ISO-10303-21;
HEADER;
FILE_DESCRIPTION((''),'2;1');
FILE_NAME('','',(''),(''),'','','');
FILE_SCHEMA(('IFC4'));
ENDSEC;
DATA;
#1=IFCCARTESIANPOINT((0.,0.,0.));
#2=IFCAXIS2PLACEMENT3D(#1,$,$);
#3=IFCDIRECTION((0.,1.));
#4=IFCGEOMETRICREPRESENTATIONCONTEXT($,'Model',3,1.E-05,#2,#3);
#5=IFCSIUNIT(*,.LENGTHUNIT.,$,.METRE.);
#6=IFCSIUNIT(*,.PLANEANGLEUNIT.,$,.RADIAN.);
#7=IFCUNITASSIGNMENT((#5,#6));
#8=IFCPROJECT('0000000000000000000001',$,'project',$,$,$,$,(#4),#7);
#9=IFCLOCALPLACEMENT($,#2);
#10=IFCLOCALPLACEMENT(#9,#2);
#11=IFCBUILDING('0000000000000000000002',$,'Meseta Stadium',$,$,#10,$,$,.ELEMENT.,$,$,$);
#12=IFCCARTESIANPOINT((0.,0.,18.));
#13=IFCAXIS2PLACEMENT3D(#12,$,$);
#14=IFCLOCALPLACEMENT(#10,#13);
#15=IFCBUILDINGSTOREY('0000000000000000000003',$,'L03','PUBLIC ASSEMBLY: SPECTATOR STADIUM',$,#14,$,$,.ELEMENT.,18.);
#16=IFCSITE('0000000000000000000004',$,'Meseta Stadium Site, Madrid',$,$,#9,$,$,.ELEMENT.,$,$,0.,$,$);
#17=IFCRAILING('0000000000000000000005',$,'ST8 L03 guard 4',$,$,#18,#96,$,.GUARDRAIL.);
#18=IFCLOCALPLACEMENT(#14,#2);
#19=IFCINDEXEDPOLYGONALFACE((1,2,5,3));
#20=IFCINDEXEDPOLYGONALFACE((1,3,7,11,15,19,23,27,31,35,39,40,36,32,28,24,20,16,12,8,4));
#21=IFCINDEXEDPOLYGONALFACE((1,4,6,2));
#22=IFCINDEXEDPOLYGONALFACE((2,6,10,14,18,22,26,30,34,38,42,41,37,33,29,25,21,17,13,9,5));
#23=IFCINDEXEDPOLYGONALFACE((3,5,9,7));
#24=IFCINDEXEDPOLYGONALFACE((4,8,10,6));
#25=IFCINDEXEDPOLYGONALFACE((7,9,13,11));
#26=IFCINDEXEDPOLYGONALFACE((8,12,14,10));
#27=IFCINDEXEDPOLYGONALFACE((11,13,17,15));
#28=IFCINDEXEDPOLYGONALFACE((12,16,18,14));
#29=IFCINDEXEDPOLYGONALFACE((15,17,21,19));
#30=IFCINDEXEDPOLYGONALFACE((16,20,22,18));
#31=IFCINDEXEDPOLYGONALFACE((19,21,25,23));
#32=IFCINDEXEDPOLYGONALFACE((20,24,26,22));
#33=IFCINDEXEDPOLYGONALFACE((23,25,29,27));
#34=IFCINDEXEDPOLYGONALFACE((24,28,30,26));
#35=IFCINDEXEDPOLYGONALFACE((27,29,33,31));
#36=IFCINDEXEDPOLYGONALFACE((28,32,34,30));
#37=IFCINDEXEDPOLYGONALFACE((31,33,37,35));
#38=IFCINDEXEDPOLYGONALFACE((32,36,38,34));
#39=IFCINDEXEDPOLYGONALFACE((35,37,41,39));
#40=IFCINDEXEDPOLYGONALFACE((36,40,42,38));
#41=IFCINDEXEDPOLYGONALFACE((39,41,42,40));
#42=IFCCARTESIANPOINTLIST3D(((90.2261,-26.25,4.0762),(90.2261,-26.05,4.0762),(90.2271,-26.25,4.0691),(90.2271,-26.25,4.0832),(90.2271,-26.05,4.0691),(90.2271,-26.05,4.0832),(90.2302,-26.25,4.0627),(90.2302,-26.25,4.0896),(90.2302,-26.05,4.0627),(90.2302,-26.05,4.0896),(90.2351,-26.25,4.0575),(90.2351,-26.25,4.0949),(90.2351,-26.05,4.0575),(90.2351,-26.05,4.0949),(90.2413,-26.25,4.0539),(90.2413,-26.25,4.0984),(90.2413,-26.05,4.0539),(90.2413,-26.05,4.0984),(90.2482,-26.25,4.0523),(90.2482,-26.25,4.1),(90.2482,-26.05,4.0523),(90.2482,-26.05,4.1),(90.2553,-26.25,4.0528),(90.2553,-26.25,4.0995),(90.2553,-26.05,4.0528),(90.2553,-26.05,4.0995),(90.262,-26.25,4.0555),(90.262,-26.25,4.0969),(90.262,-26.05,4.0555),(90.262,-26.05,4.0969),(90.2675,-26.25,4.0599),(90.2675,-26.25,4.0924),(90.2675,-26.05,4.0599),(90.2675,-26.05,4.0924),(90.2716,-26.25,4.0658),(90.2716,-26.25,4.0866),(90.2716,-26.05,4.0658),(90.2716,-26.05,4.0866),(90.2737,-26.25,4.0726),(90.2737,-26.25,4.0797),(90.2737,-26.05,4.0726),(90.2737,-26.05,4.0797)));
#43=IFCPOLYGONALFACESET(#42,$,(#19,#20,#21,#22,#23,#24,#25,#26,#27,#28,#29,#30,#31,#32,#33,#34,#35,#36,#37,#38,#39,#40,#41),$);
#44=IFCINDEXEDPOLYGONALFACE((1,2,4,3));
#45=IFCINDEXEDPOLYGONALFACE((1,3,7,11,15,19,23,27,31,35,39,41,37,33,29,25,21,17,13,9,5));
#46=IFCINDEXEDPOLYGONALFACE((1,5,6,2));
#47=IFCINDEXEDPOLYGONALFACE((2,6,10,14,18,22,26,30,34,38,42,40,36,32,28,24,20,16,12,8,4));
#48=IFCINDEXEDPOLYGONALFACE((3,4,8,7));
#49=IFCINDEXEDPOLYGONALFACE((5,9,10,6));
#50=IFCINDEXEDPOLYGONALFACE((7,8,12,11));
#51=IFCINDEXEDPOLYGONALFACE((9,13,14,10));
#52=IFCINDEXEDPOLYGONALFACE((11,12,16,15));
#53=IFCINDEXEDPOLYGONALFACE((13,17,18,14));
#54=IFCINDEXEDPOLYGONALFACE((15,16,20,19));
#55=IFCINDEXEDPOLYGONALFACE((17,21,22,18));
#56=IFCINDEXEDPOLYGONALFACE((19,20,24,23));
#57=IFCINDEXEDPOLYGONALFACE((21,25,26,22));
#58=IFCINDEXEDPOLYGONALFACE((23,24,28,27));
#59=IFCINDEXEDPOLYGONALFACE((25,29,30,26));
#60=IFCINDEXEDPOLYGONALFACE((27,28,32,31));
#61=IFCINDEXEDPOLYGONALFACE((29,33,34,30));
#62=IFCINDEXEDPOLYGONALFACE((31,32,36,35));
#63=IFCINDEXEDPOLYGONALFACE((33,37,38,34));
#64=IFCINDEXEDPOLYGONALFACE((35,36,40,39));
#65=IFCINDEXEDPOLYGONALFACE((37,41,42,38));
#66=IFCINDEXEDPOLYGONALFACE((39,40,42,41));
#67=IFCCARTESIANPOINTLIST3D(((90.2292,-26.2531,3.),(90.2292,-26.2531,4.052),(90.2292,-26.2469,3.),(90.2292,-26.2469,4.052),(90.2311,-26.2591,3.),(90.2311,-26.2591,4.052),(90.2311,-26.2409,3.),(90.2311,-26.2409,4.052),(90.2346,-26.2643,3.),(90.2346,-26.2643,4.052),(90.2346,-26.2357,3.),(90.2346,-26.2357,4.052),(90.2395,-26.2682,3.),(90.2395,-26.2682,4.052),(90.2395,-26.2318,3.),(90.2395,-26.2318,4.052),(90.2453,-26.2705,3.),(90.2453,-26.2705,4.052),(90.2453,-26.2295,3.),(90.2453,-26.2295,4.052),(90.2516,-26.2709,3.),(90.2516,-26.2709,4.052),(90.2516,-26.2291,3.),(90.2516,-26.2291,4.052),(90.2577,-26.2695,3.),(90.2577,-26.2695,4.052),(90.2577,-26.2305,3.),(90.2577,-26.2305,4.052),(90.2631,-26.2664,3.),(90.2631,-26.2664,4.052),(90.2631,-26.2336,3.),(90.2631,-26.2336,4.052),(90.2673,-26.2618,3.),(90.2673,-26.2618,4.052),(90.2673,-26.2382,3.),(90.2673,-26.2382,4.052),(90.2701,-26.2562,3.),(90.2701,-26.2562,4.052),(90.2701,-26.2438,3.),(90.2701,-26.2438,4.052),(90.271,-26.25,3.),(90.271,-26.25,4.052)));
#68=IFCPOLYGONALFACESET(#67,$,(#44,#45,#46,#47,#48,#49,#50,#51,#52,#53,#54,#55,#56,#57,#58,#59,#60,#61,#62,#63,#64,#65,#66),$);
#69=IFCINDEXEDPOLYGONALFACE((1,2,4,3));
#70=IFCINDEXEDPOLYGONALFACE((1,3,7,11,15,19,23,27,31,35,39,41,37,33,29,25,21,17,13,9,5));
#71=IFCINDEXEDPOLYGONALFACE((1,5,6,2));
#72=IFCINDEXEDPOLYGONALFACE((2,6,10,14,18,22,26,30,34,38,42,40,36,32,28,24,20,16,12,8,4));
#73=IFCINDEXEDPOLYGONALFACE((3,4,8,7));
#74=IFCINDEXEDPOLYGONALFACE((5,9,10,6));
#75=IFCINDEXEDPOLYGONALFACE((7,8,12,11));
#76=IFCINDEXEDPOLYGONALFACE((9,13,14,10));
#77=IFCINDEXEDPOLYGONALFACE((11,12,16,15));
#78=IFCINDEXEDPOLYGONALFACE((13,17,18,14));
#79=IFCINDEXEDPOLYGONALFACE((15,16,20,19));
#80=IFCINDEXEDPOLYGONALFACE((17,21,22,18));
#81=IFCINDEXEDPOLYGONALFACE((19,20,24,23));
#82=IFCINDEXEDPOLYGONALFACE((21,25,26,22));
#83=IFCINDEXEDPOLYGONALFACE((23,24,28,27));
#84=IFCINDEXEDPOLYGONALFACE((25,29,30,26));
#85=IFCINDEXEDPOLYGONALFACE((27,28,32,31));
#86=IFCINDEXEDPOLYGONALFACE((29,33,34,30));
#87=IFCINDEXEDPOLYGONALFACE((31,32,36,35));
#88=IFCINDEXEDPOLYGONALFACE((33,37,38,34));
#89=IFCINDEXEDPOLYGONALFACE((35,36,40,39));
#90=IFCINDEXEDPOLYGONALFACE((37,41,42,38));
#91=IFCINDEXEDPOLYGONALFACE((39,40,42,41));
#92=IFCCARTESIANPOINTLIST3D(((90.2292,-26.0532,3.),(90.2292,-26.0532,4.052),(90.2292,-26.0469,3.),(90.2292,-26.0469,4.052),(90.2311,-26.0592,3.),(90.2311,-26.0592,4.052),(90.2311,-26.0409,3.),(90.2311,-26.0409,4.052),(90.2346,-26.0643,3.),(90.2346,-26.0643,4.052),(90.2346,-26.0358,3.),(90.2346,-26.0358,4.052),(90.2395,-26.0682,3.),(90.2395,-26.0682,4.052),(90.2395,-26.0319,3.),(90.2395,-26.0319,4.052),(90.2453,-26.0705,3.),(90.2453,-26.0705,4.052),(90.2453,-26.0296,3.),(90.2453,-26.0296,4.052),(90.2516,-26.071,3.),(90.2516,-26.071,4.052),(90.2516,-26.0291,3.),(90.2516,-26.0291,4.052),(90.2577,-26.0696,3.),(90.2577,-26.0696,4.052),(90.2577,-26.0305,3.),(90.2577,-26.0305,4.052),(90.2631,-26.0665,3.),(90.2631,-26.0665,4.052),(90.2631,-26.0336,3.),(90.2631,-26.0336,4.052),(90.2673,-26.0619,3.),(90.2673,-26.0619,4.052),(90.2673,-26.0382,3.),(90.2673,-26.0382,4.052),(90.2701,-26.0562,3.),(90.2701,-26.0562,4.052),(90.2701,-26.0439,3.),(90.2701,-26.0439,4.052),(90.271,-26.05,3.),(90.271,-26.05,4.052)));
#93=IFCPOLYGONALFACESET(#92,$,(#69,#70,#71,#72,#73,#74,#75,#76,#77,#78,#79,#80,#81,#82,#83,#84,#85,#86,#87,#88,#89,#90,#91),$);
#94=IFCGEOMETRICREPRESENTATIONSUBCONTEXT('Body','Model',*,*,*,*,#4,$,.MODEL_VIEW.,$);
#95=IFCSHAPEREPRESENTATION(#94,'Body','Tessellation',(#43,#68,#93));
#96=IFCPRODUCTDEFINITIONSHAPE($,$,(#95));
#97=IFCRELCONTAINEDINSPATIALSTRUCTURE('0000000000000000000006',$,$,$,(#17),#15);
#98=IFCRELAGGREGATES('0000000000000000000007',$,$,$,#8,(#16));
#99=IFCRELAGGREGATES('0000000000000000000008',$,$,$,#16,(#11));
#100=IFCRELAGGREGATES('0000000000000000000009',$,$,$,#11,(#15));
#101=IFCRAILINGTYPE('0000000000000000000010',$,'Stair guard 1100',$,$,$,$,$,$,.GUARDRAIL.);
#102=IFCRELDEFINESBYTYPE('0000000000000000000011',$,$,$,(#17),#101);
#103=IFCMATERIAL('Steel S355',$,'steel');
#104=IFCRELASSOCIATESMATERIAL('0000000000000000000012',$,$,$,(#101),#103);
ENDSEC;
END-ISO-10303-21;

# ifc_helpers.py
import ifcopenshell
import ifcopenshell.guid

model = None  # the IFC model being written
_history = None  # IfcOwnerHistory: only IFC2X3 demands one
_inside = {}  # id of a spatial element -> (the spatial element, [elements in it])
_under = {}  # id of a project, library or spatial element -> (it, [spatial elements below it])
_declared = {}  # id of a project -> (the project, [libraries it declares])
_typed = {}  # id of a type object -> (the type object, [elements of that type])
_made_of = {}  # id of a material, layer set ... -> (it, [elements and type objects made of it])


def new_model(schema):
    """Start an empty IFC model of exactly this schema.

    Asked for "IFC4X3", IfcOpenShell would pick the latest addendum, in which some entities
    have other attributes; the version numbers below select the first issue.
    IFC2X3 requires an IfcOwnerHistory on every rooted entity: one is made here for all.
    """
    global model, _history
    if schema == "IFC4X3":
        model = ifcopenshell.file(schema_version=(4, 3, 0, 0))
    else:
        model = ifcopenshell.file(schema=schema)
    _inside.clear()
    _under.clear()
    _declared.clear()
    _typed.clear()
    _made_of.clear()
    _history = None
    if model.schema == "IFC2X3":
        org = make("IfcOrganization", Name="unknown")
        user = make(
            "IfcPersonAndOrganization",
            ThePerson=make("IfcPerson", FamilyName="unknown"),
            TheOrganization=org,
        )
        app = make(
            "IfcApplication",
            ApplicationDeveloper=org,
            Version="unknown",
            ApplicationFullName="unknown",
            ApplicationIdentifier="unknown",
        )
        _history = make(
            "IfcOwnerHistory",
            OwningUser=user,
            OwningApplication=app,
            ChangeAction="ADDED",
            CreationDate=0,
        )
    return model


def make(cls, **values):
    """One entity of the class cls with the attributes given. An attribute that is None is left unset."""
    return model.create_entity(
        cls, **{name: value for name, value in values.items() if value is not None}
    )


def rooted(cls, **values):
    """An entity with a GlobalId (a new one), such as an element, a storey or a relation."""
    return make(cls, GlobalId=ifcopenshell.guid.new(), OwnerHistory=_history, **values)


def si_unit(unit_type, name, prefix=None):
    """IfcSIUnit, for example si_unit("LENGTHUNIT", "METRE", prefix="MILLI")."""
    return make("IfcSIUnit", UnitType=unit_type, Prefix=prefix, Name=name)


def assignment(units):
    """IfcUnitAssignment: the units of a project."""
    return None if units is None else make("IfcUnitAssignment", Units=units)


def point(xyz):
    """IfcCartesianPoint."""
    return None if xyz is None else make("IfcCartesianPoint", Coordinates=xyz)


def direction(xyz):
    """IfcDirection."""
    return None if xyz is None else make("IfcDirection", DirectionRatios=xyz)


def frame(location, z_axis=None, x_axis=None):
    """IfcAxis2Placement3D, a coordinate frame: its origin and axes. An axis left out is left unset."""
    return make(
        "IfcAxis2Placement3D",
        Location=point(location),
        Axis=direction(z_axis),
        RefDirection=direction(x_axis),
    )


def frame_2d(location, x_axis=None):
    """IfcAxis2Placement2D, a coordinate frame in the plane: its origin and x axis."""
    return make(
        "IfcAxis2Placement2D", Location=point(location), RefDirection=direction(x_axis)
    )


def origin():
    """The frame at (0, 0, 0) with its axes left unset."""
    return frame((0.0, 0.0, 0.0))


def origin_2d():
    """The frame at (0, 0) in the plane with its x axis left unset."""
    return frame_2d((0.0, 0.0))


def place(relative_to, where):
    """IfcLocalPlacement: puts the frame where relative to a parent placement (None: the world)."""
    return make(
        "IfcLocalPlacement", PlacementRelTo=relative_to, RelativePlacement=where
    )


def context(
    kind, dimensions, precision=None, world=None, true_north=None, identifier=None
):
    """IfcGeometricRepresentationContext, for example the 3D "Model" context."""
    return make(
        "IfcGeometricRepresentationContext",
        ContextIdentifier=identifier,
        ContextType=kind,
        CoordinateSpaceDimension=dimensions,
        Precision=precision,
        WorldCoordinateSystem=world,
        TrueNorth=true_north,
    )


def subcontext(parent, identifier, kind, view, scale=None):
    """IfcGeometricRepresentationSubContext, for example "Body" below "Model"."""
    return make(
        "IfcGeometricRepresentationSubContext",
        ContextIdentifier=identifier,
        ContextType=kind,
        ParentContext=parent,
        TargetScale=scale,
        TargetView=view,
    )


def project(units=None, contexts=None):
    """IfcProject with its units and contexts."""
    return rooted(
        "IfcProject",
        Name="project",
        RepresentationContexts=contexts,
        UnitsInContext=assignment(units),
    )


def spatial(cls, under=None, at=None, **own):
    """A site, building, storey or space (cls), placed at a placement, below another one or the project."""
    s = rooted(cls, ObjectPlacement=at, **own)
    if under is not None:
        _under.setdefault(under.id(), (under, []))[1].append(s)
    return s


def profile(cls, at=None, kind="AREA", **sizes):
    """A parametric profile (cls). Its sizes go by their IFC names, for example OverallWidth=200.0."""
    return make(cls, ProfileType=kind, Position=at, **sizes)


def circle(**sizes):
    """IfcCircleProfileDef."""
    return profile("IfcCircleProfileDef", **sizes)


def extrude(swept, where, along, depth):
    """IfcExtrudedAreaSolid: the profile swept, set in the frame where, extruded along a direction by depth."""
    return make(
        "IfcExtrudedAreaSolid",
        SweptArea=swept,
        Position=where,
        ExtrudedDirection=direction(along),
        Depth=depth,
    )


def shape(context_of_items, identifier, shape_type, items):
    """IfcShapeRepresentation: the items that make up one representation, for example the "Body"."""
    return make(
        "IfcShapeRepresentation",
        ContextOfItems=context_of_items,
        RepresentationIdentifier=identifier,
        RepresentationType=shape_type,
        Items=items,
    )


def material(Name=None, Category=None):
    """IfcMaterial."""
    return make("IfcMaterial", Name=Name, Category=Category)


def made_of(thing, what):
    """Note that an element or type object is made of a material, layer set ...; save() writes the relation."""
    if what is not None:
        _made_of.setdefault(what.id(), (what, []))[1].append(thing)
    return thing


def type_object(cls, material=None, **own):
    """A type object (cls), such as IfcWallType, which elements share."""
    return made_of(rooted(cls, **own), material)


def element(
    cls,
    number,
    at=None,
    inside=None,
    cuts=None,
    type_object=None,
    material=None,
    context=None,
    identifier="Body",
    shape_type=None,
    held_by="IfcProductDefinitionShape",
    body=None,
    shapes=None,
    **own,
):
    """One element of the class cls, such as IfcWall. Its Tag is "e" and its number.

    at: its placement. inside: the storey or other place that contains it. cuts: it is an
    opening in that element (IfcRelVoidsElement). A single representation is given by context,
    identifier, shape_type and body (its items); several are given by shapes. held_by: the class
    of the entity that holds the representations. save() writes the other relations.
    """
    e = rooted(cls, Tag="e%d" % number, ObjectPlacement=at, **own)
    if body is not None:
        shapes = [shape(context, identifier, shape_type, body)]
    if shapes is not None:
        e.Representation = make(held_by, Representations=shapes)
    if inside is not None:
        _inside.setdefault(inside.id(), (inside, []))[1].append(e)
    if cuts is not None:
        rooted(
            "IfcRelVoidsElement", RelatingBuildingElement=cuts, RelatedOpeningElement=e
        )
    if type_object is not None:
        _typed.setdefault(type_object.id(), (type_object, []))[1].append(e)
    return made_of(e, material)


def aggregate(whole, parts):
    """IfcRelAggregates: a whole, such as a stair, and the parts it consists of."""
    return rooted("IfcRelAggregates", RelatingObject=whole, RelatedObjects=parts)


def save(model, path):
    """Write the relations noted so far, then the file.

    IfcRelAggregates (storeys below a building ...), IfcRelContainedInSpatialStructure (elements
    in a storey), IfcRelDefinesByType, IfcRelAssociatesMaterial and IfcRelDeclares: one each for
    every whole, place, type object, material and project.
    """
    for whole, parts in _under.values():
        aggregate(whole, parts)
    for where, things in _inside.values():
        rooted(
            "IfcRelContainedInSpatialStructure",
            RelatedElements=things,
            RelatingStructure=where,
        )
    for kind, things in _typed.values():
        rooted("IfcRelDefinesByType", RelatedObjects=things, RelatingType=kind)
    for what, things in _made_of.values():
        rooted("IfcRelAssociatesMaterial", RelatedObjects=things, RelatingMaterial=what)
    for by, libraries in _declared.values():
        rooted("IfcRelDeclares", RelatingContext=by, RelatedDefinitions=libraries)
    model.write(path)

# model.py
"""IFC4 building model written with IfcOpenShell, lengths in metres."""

from ifc_helpers import new_model, si_unit, direction, frame, origin, origin_2d, place, context, subcontext, project, spatial, circle, extrude, material, type_object, element, save


model = new_model("IFC4")

# Units and contexts
model_context = context("Model", 3, precision=1e-05, world=origin(), true_north=direction((0.0, 1.0)))
body_context = subcontext(model_context, "Body", "Model", "MODEL_VIEW")
ifc_project = project(units=[si_unit("LENGTHUNIT", "METRE"), si_unit("PLANEANGLEUNIT", "RADIAN")], contexts=[model_context])

# Site, building, storey
site_placement = place(None, origin())
site = spatial("IfcSite", under=ifc_project, at=site_placement, Name="Meseta Stadium Site, Madrid", CompositionType="ELEMENT", RefElevation=0.0)
building_placement = place(site_placement, origin())
building = spatial("IfcBuilding", under=site, at=building_placement, Name="Meseta Stadium", CompositionType="ELEMENT")
storey_placement = place(building_placement, frame((0.0, 0.0, 18.0)))
storey = spatial("IfcBuildingStorey", under=building, at=storey_placement, Name="L03", Description="PUBLIC ASSEMBLY: SPECTATOR STADIUM", CompositionType="ELEMENT", Elevation=18.0)

# Railing
ifc_material_1 = material(Name="Steel S355", Category="steel")
railing_type_1 = type_object("IfcRailingType", Name="Stair guard 1100", PredefinedType="GUARDRAIL", material=ifc_material_1)
railing_1_placement = place(storey_placement, frame((90.25, -26.25, 3.0)))
element("IfcRailing", 1, at=railing_1_placement, inside=storey, type_object=railing_type_1, Name="ST8 L03 guard 4", PredefinedType="GUARDRAIL", context=body_context, shape_type="SweptSolid", body=[
    extrude(circle(Radius=0.0239, at=origin_2d()), frame((0.0, 0.0, 1.0762), z_axis=(0.0, 1.0, 0.0), x_axis=(-1.0, 0.0, 0.0)), (0.0, 0.0, 1.0), 0.2),
    extrude(circle(Radius=0.021, at=origin_2d()), origin(), (0.0, 0.0, 1.0), 1.052),
    extrude(circle(Radius=0.021, at=origin_2d()), frame((0.0, 0.2, 0.0)), (0.0, 0.0, 1.0), 1.052),
])

save(model, "model.ifc")
